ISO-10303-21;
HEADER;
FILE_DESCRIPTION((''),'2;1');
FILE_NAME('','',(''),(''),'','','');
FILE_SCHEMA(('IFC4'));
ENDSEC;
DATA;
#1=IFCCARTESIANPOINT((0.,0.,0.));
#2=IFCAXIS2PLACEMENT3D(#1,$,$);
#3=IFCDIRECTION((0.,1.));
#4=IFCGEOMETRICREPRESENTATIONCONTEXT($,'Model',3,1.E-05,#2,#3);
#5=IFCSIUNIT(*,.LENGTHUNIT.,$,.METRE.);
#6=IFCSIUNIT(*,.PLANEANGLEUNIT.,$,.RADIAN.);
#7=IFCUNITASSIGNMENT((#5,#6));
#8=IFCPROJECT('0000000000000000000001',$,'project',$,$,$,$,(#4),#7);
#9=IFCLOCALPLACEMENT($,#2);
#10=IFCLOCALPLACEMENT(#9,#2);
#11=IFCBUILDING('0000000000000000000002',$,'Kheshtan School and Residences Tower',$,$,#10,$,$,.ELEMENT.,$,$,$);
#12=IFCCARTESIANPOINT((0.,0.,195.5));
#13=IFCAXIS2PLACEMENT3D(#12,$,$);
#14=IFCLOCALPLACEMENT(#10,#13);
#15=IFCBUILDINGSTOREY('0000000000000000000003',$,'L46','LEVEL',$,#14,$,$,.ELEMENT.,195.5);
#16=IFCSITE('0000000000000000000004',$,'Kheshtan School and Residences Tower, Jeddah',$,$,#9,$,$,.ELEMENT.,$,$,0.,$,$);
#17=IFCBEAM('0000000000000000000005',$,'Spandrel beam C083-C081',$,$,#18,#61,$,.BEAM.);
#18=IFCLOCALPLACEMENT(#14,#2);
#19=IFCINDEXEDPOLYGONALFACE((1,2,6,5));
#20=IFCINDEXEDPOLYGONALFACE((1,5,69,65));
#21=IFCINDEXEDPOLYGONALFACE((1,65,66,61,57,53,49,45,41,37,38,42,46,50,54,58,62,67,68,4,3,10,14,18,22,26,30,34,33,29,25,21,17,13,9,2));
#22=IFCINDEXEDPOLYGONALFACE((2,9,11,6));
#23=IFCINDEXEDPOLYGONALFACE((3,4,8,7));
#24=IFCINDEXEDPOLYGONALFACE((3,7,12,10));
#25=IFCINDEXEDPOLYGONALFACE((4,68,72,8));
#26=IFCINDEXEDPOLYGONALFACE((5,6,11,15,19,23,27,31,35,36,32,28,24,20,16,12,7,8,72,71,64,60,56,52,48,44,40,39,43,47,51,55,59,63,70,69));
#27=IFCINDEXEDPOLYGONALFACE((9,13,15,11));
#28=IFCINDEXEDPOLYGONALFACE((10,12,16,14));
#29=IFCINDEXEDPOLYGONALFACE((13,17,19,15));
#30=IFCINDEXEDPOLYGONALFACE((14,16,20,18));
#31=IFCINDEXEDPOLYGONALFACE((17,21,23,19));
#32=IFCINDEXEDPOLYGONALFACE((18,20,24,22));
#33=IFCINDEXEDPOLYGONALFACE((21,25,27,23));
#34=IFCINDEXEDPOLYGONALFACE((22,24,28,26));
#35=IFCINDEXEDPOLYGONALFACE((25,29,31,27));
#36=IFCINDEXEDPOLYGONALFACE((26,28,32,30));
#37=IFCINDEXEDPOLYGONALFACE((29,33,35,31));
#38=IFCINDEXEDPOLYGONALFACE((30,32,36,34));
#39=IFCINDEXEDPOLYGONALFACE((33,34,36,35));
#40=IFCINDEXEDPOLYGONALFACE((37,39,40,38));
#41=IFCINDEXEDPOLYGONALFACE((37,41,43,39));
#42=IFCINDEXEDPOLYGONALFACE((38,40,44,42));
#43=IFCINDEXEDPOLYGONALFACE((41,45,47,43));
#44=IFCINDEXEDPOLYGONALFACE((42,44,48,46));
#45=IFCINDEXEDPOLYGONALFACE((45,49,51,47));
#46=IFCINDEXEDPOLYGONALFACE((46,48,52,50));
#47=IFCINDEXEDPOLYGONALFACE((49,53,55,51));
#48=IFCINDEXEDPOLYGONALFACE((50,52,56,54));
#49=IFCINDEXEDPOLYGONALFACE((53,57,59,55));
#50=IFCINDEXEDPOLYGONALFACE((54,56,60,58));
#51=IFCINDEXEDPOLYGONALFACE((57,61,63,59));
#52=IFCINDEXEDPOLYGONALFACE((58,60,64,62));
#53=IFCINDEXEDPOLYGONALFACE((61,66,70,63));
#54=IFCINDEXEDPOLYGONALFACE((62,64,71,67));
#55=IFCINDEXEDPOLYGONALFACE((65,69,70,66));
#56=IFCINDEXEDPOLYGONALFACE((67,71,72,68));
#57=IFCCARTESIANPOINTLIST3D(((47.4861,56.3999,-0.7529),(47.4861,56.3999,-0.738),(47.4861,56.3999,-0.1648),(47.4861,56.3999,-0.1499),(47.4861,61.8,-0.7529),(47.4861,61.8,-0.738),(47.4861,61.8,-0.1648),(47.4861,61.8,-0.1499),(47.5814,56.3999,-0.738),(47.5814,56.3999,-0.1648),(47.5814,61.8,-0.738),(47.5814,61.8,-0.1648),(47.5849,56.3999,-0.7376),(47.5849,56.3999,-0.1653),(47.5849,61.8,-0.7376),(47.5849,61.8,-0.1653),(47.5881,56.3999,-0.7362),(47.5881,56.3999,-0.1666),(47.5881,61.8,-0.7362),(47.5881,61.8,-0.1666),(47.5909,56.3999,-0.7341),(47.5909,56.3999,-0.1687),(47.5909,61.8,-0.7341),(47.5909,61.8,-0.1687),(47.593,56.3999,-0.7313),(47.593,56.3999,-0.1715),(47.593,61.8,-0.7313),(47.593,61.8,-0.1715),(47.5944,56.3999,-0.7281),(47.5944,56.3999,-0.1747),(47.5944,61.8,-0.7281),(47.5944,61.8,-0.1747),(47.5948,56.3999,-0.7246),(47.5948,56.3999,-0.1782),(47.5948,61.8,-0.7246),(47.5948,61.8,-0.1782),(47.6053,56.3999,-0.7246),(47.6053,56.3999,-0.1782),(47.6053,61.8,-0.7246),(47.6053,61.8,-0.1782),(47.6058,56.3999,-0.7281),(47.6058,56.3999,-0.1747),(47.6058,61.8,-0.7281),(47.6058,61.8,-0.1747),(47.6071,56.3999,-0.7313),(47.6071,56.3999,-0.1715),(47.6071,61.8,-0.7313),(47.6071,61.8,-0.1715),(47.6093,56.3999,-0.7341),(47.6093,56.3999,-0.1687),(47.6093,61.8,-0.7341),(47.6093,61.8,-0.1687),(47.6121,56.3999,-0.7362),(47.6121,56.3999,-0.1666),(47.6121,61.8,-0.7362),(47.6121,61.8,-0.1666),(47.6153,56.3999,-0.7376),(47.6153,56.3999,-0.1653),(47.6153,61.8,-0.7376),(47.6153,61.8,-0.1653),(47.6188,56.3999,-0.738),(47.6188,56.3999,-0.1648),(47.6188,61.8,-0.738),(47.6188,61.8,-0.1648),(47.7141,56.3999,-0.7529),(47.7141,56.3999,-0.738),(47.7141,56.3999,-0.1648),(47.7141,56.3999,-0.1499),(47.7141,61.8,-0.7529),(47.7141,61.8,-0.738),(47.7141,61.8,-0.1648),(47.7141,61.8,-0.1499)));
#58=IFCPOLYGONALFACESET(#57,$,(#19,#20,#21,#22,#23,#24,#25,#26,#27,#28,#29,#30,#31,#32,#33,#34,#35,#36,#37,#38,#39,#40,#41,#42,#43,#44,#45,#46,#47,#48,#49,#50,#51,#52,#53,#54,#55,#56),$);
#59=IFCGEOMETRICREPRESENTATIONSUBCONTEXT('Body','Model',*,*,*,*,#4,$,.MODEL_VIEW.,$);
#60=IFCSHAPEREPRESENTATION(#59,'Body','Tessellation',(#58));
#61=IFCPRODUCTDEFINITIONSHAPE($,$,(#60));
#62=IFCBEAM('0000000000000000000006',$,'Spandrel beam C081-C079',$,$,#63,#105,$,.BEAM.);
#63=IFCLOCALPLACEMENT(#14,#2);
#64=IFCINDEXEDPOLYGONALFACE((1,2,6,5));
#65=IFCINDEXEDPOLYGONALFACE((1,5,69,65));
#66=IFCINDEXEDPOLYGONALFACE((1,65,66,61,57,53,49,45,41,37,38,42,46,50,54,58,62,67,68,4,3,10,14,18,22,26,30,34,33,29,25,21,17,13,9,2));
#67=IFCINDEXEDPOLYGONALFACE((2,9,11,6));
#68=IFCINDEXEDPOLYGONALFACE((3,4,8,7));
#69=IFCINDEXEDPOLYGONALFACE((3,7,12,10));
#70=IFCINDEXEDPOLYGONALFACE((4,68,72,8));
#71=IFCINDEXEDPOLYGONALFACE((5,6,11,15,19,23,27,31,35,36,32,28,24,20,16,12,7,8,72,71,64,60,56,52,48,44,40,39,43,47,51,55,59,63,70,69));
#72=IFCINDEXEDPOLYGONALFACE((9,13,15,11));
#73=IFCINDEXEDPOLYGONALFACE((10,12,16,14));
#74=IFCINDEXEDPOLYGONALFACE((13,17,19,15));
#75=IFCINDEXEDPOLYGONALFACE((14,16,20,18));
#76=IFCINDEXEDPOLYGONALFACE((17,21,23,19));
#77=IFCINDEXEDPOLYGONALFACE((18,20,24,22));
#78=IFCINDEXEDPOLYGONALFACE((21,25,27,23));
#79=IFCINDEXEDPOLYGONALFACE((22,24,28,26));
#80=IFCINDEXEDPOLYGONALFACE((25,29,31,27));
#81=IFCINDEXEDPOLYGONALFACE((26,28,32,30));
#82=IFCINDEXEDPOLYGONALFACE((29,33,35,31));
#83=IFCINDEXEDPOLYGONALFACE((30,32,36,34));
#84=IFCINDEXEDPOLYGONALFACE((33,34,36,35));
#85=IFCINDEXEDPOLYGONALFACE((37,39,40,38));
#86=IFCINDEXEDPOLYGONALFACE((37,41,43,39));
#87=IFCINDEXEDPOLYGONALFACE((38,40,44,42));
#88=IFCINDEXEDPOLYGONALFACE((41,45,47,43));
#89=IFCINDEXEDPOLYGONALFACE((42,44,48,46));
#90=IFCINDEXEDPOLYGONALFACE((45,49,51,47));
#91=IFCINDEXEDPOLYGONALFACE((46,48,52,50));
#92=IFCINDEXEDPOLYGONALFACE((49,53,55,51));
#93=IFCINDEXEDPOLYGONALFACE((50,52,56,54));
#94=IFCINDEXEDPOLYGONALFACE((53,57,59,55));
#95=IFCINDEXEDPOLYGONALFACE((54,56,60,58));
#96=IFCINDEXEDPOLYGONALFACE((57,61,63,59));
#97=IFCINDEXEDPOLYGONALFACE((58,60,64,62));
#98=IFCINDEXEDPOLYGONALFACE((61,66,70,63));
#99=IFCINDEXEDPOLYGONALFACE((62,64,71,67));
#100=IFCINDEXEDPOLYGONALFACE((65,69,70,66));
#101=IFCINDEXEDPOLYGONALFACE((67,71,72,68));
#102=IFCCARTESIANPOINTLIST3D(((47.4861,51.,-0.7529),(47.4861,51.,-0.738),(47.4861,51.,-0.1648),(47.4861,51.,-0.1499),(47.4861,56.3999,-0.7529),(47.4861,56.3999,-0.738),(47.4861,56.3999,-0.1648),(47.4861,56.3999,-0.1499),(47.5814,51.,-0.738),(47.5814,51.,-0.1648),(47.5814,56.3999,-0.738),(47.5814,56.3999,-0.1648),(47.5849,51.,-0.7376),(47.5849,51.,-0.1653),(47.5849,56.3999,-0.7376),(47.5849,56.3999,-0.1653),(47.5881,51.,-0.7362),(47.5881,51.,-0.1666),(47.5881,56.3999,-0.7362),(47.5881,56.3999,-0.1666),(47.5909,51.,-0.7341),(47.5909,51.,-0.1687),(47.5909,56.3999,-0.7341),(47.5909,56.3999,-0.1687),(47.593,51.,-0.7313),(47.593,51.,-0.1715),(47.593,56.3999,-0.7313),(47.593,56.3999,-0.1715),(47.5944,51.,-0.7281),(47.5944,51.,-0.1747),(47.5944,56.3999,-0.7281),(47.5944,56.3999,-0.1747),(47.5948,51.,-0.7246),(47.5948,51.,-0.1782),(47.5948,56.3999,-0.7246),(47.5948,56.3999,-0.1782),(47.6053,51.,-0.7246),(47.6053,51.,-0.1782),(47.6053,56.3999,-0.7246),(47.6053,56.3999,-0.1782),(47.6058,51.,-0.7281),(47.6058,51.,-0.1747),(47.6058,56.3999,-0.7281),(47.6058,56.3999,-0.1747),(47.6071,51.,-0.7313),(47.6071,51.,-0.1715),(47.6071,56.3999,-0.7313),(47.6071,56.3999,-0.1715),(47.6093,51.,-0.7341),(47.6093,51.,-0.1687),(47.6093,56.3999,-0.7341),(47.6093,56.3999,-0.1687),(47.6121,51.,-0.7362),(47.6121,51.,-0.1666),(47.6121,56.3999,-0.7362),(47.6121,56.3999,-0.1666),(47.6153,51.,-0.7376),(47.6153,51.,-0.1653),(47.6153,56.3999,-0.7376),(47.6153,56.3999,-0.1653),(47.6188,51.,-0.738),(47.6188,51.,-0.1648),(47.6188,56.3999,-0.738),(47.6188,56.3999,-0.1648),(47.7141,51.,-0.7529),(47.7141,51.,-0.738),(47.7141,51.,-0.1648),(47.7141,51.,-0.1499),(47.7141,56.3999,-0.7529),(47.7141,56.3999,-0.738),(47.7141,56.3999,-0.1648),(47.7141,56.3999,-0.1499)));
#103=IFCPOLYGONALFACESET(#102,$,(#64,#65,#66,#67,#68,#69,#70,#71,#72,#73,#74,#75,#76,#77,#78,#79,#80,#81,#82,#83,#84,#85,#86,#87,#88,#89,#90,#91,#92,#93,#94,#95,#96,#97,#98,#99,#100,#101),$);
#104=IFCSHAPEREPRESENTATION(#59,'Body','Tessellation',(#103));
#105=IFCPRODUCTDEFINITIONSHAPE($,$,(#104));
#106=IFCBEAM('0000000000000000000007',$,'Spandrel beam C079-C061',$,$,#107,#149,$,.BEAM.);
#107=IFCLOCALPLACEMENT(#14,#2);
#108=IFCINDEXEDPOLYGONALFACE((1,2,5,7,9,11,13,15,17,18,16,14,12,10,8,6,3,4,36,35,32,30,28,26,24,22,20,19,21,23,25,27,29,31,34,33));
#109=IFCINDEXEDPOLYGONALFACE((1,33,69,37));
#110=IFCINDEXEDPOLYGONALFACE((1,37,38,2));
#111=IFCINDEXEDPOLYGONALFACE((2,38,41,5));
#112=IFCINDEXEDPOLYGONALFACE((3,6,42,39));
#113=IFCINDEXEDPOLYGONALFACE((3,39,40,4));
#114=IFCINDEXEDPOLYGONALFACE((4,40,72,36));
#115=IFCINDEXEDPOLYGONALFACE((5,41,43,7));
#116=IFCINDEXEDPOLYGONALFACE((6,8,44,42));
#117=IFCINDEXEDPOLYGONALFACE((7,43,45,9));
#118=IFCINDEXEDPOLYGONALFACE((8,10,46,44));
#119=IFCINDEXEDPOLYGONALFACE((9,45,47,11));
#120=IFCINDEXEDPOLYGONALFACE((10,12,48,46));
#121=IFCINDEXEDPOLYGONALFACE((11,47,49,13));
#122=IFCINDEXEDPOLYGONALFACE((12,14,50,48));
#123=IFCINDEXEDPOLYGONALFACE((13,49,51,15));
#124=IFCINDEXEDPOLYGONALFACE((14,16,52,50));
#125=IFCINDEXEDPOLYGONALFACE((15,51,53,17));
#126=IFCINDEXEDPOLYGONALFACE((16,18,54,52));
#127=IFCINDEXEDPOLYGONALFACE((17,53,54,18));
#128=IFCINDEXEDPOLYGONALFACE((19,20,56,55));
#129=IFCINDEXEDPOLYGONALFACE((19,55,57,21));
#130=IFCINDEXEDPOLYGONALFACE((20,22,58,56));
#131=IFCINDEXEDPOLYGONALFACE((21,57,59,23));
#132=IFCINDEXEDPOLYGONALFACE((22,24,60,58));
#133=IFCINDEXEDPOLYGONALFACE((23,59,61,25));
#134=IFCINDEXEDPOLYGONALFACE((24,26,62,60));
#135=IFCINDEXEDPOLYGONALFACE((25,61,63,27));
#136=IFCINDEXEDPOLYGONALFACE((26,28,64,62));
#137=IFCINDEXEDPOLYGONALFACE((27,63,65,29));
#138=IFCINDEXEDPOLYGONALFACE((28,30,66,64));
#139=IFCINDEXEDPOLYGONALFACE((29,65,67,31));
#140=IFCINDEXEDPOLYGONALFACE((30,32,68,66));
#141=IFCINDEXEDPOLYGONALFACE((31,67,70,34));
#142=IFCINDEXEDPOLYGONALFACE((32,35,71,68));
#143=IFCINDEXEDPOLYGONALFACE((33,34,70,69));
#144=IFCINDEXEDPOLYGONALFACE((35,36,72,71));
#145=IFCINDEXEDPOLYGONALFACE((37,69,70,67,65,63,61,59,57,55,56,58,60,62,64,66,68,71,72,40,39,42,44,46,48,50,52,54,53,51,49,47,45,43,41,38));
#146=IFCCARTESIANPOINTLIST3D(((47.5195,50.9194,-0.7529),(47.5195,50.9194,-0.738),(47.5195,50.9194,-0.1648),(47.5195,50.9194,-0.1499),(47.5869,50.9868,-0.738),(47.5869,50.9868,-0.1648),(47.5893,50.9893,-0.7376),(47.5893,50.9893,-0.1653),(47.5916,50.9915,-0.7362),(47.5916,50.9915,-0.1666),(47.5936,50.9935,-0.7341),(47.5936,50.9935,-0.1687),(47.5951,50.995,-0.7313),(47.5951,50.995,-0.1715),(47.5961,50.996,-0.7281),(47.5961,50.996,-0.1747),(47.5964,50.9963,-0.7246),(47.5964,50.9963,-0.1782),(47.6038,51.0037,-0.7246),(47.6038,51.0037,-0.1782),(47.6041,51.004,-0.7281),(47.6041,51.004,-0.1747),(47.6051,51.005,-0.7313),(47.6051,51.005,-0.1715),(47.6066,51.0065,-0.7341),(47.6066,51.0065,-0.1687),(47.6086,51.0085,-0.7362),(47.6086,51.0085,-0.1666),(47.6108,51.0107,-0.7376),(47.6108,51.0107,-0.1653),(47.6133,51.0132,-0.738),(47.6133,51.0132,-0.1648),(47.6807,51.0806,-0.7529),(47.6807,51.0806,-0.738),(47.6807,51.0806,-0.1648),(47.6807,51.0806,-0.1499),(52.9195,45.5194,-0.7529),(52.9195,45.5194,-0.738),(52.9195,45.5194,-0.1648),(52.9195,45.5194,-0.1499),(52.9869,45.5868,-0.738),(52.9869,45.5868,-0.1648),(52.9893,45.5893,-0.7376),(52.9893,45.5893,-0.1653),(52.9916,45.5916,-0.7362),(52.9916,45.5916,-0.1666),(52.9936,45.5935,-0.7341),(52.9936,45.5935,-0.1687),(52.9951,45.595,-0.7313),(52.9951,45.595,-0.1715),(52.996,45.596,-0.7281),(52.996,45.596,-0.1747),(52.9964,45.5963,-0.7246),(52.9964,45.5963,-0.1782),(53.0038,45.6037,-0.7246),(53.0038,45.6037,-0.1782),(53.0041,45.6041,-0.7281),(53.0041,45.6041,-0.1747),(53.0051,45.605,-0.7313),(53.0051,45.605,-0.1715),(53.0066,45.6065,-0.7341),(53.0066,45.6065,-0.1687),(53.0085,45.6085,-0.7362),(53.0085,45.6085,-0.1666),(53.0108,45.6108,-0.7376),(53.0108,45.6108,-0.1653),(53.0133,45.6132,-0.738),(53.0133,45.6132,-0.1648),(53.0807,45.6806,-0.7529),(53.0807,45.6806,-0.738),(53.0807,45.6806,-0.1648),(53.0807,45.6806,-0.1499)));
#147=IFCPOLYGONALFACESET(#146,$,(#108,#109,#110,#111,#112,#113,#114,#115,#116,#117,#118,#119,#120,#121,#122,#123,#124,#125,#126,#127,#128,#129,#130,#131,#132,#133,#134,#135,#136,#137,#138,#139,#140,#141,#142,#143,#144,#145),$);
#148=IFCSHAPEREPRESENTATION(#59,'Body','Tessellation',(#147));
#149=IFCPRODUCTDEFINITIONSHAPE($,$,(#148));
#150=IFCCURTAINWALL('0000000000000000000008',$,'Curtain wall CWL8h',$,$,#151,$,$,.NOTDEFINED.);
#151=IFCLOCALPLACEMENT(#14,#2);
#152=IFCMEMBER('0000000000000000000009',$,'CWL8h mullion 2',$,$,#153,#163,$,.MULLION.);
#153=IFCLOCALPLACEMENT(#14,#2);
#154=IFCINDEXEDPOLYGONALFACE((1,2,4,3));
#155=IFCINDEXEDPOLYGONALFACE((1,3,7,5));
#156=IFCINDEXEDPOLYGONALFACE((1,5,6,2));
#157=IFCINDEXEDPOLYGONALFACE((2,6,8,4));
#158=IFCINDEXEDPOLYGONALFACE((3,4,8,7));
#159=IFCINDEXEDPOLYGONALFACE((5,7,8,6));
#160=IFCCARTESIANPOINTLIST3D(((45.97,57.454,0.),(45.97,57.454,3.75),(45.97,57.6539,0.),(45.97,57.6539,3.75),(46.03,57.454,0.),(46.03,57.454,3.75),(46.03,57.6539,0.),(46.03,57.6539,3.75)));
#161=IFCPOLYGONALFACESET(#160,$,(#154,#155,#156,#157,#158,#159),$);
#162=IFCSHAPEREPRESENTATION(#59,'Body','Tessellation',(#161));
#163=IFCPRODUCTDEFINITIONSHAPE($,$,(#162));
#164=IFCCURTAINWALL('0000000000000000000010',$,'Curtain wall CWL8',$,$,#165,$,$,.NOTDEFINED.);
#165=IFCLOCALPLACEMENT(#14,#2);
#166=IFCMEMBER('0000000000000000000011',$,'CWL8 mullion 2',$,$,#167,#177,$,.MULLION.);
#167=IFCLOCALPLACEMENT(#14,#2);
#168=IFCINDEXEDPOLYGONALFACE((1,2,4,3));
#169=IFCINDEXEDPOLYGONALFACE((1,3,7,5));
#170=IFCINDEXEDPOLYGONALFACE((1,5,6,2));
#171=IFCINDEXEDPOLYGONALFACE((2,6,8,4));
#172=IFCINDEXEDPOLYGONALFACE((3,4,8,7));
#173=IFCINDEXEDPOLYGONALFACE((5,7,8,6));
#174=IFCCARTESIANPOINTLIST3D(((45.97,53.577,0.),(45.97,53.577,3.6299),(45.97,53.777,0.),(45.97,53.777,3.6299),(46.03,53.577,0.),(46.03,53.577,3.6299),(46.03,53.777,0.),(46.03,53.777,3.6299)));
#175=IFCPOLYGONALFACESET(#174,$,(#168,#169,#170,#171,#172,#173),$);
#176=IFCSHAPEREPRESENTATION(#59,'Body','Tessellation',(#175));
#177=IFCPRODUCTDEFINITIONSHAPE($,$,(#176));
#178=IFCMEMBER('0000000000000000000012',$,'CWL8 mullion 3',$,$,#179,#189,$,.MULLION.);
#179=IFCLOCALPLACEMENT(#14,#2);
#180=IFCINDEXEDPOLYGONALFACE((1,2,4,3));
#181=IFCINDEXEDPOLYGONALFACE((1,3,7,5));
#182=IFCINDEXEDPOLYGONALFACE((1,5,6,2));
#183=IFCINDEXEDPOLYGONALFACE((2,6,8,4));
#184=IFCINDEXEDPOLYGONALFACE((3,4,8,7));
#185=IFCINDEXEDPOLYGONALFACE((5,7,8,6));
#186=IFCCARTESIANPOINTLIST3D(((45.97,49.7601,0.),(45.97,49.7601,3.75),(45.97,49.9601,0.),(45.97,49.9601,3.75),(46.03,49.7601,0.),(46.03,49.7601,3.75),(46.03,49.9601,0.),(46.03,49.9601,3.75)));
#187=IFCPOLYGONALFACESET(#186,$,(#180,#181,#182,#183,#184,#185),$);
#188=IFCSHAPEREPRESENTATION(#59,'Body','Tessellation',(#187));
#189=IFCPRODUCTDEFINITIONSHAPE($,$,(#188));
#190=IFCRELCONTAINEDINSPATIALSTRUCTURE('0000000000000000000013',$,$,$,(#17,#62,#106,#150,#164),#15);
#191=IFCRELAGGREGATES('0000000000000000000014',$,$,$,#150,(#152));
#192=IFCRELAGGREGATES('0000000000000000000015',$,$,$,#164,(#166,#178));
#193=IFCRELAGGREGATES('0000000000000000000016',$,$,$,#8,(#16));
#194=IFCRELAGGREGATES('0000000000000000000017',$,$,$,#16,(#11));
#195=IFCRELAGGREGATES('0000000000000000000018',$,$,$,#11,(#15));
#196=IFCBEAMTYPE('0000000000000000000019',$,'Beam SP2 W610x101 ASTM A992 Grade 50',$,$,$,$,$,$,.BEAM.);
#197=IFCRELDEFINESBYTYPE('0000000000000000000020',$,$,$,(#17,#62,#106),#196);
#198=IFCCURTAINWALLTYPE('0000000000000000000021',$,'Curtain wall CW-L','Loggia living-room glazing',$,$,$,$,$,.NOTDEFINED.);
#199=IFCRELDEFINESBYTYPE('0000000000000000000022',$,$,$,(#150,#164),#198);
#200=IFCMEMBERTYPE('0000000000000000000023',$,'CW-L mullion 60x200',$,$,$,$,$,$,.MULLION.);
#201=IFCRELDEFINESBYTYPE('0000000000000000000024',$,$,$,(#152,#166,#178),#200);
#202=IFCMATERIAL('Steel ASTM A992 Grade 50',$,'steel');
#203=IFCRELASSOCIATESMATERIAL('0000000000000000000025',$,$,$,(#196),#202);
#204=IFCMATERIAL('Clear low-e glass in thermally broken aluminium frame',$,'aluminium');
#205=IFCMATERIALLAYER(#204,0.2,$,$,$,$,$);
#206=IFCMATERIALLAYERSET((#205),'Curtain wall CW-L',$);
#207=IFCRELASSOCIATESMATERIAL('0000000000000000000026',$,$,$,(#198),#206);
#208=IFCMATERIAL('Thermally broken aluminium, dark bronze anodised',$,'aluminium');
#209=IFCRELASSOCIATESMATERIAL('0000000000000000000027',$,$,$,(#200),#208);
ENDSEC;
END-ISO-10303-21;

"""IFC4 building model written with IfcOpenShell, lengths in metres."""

from ifc_helpers import new_model, si_unit, direction, frame, origin, origin_2d, place, context, subcontext, project, spatial, rectangle, i_section, extrude, material, layer, layer_set, material_profile, profile_set, type_object, element, aggregate, save


model = new_model("IFC4")

# Units and contexts
model_context = context("Model", 3, precision=1e-05, world=origin(), true_north=direction((0.0, 1.0)))
body_context = subcontext(model_context, "Body", "Model", "MODEL_VIEW")
ifc_project = project(units=[si_unit("LENGTHUNIT", "METRE"), si_unit("PLANEANGLEUNIT", "RADIAN")], contexts=[model_context])

# Site, building, storey
site_placement = place(None, origin())
site = spatial("IfcSite", under=ifc_project, at=site_placement, Name="Kheshtan School and Residences Tower, Jeddah", CompositionType="ELEMENT", RefElevation=0.0)
building_placement = place(site_placement, origin())
building = spatial("IfcBuilding", under=site, at=building_placement, Name="Kheshtan School and Residences Tower", CompositionType="ELEMENT")
storey_placement = place(building_placement, frame((0.0, 0.0, 195.5)))
storey = spatial("IfcBuildingStorey", under=building, at=storey_placement, Name="L46", Description="LEVEL", CompositionType="ELEMENT", Elevation=195.5)

# Shared definitions
ifc_material_1 = material(Name="Steel ASTM A992 Grade 50", Category="steel")

# Beams
ifc_material_profile_1 = material_profile(ifc_material_1, i_section(OverallWidth=0.228, OverallDepth=0.603, WebThickness=0.0105, FlangeThickness=0.0149, FilletRadius=0.0134, at=origin_2d()), Name="W610x101")
ifc_profile_set_1 = profile_set([ifc_material_profile_1], Name="Steel ASTM A992 Grade 50")
beam_type_1 = type_object("IfcBeamType", Name="Beam SP2 W610x101 ASTM A992 Grade 50", PredefinedType="BEAM", material=ifc_profile_set_1)
beam_1_placement = place(storey_placement, frame((47.6001, 61.8, -0.4514), z_axis=(0.0, -1.0, 0.0), x_axis=(1.0, 0.0, 0.0)))
element("IfcBeam", 1, at=beam_1_placement, inside=storey, type_object=beam_type_1, Name="Spandrel beam C083-C081", PredefinedType="BEAM", context=body_context, shape_type="SweptSolid", body=[
    extrude(i_section(OverallWidth=0.228, OverallDepth=0.603, WebThickness=0.0105, FlangeThickness=0.0149, FilletRadius=0.0134, at=origin_2d()), origin(), (0.0, 0.0, 1.0), 5.4001),
])
beam_2_placement = place(storey_placement, frame((47.6001, 56.3999, -0.4514), z_axis=(0.0, -1.0, 0.0), x_axis=(1.0, 0.0, 0.0)))
element("IfcBeam", 2, at=beam_2_placement, inside=storey, type_object=beam_type_1, Name="Spandrel beam C081-C079", PredefinedType="BEAM", context=body_context, shape_type="SweptSolid", body=[
    extrude(i_section(OverallWidth=0.228, OverallDepth=0.603, WebThickness=0.0105, FlangeThickness=0.0149, FilletRadius=0.0134, at=origin_2d()), origin(), (0.0, 0.0, 1.0), 5.3999),
])
beam_3_placement = place(storey_placement, frame((47.6001, 51.0, -0.4514), z_axis=(0.707107, -0.707107, 0.0), x_axis=(0.707107, 0.707107, 0.0)))
element("IfcBeam", 3, at=beam_3_placement, inside=storey, type_object=beam_type_1, Name="Spandrel beam C079-C061", PredefinedType="BEAM", context=body_context, shape_type="SweptSolid", body=[
    extrude(i_section(OverallWidth=0.228, OverallDepth=0.603, WebThickness=0.0105, FlangeThickness=0.0149, FilletRadius=0.0134, at=origin_2d()), origin(), (0.0, 0.0, 1.0), 7.6367),
])

# Curtain wall, member
ifc_material_2 = material(Name="Clear low-e glass in thermally broken aluminium frame", Category="aluminium")
ifc_layer_1 = layer(ifc_material_2, 0.2)
ifc_layer_set_1 = layer_set([ifc_layer_1], Name="Curtain wall CW-L")
curtain_wall_type = type_object("IfcCurtainWallType", Name="Curtain wall CW-L", Description="Loggia living-room glazing", PredefinedType="NOTDEFINED", material=ifc_layer_set_1)
curtain_wall_1_placement = place(storey_placement, origin())
curtain_wall_1 = element("IfcCurtainWall", 4, at=curtain_wall_1_placement, inside=storey, type_object=curtain_wall_type, Name="Curtain wall CWL8h", PredefinedType="NOTDEFINED")
ifc_material_3 = material(Name="Thermally broken aluminium, dark bronze anodised", Category="aluminium")
ifc_material_profile_2 = material_profile(ifc_material_3, rectangle(XDim=0.0601, YDim=0.2, at=origin_2d()), Name="CW-L mullion 60x200")
ifc_profile_set_2 = profile_set([ifc_material_profile_2], Name="Thermally broken aluminium, dark bronze anodised")
member_type_1 = type_object("IfcMemberType", Name="CW-L mullion 60x200", PredefinedType="MULLION", material=ifc_profile_set_2)
member_1_placement = place(storey_placement, frame((46.0, 57.554, 0.0), z_axis=(0.0, 0.0, 1.0), x_axis=(1.0, 0.0, 0.0)))
member_1 = element("IfcMember", 5, at=member_1_placement, type_object=member_type_1, Name="CWL8h mullion 2", PredefinedType="MULLION", context=body_context, shape_type="SweptSolid", body=[
    extrude(rectangle(XDim=0.0601, YDim=0.2, at=origin_2d()), origin(), (0.0, 0.0, 1.0), 3.75),
])

# Curtain wall, members
curtain_wall_2_placement = place(storey_placement, origin())
curtain_wall_2 = element("IfcCurtainWall", 6, at=curtain_wall_2_placement, inside=storey, type_object=curtain_wall_type, Name="Curtain wall CWL8", PredefinedType="NOTDEFINED")
member_2_placement = place(storey_placement, frame((46.0, 53.677, 0.0), z_axis=(0.0, 0.0, 1.0), x_axis=(1.0, 0.0, 0.0)))
member_2 = element("IfcMember", 7, at=member_2_placement, type_object=member_type_1, Name="CWL8 mullion 2", PredefinedType="MULLION", context=body_context, shape_type="SweptSolid", body=[
    extrude(rectangle(XDim=0.0601, YDim=0.2, at=origin_2d()), origin(), (0.0, 0.0, 1.0), 3.6299),
])
member_3_placement = place(storey_placement, frame((46.0, 49.8601, 0.0), z_axis=(0.0, 0.0, 1.0), x_axis=(1.0, 0.0, 0.0)))
member_3 = element("IfcMember", 8, at=member_3_placement, type_object=member_type_1, Name="CWL8 mullion 3", PredefinedType="MULLION", context=body_context, shape_type="SweptSolid", body=[
    extrude(rectangle(XDim=0.0601, YDim=0.2, at=origin_2d()), origin(), (0.0, 0.0, 1.0), 3.75),
])

aggregate(curtain_wall_1, [member_1])
aggregate(curtain_wall_2, [member_2, member_3])

save(model, "model.ifc")
